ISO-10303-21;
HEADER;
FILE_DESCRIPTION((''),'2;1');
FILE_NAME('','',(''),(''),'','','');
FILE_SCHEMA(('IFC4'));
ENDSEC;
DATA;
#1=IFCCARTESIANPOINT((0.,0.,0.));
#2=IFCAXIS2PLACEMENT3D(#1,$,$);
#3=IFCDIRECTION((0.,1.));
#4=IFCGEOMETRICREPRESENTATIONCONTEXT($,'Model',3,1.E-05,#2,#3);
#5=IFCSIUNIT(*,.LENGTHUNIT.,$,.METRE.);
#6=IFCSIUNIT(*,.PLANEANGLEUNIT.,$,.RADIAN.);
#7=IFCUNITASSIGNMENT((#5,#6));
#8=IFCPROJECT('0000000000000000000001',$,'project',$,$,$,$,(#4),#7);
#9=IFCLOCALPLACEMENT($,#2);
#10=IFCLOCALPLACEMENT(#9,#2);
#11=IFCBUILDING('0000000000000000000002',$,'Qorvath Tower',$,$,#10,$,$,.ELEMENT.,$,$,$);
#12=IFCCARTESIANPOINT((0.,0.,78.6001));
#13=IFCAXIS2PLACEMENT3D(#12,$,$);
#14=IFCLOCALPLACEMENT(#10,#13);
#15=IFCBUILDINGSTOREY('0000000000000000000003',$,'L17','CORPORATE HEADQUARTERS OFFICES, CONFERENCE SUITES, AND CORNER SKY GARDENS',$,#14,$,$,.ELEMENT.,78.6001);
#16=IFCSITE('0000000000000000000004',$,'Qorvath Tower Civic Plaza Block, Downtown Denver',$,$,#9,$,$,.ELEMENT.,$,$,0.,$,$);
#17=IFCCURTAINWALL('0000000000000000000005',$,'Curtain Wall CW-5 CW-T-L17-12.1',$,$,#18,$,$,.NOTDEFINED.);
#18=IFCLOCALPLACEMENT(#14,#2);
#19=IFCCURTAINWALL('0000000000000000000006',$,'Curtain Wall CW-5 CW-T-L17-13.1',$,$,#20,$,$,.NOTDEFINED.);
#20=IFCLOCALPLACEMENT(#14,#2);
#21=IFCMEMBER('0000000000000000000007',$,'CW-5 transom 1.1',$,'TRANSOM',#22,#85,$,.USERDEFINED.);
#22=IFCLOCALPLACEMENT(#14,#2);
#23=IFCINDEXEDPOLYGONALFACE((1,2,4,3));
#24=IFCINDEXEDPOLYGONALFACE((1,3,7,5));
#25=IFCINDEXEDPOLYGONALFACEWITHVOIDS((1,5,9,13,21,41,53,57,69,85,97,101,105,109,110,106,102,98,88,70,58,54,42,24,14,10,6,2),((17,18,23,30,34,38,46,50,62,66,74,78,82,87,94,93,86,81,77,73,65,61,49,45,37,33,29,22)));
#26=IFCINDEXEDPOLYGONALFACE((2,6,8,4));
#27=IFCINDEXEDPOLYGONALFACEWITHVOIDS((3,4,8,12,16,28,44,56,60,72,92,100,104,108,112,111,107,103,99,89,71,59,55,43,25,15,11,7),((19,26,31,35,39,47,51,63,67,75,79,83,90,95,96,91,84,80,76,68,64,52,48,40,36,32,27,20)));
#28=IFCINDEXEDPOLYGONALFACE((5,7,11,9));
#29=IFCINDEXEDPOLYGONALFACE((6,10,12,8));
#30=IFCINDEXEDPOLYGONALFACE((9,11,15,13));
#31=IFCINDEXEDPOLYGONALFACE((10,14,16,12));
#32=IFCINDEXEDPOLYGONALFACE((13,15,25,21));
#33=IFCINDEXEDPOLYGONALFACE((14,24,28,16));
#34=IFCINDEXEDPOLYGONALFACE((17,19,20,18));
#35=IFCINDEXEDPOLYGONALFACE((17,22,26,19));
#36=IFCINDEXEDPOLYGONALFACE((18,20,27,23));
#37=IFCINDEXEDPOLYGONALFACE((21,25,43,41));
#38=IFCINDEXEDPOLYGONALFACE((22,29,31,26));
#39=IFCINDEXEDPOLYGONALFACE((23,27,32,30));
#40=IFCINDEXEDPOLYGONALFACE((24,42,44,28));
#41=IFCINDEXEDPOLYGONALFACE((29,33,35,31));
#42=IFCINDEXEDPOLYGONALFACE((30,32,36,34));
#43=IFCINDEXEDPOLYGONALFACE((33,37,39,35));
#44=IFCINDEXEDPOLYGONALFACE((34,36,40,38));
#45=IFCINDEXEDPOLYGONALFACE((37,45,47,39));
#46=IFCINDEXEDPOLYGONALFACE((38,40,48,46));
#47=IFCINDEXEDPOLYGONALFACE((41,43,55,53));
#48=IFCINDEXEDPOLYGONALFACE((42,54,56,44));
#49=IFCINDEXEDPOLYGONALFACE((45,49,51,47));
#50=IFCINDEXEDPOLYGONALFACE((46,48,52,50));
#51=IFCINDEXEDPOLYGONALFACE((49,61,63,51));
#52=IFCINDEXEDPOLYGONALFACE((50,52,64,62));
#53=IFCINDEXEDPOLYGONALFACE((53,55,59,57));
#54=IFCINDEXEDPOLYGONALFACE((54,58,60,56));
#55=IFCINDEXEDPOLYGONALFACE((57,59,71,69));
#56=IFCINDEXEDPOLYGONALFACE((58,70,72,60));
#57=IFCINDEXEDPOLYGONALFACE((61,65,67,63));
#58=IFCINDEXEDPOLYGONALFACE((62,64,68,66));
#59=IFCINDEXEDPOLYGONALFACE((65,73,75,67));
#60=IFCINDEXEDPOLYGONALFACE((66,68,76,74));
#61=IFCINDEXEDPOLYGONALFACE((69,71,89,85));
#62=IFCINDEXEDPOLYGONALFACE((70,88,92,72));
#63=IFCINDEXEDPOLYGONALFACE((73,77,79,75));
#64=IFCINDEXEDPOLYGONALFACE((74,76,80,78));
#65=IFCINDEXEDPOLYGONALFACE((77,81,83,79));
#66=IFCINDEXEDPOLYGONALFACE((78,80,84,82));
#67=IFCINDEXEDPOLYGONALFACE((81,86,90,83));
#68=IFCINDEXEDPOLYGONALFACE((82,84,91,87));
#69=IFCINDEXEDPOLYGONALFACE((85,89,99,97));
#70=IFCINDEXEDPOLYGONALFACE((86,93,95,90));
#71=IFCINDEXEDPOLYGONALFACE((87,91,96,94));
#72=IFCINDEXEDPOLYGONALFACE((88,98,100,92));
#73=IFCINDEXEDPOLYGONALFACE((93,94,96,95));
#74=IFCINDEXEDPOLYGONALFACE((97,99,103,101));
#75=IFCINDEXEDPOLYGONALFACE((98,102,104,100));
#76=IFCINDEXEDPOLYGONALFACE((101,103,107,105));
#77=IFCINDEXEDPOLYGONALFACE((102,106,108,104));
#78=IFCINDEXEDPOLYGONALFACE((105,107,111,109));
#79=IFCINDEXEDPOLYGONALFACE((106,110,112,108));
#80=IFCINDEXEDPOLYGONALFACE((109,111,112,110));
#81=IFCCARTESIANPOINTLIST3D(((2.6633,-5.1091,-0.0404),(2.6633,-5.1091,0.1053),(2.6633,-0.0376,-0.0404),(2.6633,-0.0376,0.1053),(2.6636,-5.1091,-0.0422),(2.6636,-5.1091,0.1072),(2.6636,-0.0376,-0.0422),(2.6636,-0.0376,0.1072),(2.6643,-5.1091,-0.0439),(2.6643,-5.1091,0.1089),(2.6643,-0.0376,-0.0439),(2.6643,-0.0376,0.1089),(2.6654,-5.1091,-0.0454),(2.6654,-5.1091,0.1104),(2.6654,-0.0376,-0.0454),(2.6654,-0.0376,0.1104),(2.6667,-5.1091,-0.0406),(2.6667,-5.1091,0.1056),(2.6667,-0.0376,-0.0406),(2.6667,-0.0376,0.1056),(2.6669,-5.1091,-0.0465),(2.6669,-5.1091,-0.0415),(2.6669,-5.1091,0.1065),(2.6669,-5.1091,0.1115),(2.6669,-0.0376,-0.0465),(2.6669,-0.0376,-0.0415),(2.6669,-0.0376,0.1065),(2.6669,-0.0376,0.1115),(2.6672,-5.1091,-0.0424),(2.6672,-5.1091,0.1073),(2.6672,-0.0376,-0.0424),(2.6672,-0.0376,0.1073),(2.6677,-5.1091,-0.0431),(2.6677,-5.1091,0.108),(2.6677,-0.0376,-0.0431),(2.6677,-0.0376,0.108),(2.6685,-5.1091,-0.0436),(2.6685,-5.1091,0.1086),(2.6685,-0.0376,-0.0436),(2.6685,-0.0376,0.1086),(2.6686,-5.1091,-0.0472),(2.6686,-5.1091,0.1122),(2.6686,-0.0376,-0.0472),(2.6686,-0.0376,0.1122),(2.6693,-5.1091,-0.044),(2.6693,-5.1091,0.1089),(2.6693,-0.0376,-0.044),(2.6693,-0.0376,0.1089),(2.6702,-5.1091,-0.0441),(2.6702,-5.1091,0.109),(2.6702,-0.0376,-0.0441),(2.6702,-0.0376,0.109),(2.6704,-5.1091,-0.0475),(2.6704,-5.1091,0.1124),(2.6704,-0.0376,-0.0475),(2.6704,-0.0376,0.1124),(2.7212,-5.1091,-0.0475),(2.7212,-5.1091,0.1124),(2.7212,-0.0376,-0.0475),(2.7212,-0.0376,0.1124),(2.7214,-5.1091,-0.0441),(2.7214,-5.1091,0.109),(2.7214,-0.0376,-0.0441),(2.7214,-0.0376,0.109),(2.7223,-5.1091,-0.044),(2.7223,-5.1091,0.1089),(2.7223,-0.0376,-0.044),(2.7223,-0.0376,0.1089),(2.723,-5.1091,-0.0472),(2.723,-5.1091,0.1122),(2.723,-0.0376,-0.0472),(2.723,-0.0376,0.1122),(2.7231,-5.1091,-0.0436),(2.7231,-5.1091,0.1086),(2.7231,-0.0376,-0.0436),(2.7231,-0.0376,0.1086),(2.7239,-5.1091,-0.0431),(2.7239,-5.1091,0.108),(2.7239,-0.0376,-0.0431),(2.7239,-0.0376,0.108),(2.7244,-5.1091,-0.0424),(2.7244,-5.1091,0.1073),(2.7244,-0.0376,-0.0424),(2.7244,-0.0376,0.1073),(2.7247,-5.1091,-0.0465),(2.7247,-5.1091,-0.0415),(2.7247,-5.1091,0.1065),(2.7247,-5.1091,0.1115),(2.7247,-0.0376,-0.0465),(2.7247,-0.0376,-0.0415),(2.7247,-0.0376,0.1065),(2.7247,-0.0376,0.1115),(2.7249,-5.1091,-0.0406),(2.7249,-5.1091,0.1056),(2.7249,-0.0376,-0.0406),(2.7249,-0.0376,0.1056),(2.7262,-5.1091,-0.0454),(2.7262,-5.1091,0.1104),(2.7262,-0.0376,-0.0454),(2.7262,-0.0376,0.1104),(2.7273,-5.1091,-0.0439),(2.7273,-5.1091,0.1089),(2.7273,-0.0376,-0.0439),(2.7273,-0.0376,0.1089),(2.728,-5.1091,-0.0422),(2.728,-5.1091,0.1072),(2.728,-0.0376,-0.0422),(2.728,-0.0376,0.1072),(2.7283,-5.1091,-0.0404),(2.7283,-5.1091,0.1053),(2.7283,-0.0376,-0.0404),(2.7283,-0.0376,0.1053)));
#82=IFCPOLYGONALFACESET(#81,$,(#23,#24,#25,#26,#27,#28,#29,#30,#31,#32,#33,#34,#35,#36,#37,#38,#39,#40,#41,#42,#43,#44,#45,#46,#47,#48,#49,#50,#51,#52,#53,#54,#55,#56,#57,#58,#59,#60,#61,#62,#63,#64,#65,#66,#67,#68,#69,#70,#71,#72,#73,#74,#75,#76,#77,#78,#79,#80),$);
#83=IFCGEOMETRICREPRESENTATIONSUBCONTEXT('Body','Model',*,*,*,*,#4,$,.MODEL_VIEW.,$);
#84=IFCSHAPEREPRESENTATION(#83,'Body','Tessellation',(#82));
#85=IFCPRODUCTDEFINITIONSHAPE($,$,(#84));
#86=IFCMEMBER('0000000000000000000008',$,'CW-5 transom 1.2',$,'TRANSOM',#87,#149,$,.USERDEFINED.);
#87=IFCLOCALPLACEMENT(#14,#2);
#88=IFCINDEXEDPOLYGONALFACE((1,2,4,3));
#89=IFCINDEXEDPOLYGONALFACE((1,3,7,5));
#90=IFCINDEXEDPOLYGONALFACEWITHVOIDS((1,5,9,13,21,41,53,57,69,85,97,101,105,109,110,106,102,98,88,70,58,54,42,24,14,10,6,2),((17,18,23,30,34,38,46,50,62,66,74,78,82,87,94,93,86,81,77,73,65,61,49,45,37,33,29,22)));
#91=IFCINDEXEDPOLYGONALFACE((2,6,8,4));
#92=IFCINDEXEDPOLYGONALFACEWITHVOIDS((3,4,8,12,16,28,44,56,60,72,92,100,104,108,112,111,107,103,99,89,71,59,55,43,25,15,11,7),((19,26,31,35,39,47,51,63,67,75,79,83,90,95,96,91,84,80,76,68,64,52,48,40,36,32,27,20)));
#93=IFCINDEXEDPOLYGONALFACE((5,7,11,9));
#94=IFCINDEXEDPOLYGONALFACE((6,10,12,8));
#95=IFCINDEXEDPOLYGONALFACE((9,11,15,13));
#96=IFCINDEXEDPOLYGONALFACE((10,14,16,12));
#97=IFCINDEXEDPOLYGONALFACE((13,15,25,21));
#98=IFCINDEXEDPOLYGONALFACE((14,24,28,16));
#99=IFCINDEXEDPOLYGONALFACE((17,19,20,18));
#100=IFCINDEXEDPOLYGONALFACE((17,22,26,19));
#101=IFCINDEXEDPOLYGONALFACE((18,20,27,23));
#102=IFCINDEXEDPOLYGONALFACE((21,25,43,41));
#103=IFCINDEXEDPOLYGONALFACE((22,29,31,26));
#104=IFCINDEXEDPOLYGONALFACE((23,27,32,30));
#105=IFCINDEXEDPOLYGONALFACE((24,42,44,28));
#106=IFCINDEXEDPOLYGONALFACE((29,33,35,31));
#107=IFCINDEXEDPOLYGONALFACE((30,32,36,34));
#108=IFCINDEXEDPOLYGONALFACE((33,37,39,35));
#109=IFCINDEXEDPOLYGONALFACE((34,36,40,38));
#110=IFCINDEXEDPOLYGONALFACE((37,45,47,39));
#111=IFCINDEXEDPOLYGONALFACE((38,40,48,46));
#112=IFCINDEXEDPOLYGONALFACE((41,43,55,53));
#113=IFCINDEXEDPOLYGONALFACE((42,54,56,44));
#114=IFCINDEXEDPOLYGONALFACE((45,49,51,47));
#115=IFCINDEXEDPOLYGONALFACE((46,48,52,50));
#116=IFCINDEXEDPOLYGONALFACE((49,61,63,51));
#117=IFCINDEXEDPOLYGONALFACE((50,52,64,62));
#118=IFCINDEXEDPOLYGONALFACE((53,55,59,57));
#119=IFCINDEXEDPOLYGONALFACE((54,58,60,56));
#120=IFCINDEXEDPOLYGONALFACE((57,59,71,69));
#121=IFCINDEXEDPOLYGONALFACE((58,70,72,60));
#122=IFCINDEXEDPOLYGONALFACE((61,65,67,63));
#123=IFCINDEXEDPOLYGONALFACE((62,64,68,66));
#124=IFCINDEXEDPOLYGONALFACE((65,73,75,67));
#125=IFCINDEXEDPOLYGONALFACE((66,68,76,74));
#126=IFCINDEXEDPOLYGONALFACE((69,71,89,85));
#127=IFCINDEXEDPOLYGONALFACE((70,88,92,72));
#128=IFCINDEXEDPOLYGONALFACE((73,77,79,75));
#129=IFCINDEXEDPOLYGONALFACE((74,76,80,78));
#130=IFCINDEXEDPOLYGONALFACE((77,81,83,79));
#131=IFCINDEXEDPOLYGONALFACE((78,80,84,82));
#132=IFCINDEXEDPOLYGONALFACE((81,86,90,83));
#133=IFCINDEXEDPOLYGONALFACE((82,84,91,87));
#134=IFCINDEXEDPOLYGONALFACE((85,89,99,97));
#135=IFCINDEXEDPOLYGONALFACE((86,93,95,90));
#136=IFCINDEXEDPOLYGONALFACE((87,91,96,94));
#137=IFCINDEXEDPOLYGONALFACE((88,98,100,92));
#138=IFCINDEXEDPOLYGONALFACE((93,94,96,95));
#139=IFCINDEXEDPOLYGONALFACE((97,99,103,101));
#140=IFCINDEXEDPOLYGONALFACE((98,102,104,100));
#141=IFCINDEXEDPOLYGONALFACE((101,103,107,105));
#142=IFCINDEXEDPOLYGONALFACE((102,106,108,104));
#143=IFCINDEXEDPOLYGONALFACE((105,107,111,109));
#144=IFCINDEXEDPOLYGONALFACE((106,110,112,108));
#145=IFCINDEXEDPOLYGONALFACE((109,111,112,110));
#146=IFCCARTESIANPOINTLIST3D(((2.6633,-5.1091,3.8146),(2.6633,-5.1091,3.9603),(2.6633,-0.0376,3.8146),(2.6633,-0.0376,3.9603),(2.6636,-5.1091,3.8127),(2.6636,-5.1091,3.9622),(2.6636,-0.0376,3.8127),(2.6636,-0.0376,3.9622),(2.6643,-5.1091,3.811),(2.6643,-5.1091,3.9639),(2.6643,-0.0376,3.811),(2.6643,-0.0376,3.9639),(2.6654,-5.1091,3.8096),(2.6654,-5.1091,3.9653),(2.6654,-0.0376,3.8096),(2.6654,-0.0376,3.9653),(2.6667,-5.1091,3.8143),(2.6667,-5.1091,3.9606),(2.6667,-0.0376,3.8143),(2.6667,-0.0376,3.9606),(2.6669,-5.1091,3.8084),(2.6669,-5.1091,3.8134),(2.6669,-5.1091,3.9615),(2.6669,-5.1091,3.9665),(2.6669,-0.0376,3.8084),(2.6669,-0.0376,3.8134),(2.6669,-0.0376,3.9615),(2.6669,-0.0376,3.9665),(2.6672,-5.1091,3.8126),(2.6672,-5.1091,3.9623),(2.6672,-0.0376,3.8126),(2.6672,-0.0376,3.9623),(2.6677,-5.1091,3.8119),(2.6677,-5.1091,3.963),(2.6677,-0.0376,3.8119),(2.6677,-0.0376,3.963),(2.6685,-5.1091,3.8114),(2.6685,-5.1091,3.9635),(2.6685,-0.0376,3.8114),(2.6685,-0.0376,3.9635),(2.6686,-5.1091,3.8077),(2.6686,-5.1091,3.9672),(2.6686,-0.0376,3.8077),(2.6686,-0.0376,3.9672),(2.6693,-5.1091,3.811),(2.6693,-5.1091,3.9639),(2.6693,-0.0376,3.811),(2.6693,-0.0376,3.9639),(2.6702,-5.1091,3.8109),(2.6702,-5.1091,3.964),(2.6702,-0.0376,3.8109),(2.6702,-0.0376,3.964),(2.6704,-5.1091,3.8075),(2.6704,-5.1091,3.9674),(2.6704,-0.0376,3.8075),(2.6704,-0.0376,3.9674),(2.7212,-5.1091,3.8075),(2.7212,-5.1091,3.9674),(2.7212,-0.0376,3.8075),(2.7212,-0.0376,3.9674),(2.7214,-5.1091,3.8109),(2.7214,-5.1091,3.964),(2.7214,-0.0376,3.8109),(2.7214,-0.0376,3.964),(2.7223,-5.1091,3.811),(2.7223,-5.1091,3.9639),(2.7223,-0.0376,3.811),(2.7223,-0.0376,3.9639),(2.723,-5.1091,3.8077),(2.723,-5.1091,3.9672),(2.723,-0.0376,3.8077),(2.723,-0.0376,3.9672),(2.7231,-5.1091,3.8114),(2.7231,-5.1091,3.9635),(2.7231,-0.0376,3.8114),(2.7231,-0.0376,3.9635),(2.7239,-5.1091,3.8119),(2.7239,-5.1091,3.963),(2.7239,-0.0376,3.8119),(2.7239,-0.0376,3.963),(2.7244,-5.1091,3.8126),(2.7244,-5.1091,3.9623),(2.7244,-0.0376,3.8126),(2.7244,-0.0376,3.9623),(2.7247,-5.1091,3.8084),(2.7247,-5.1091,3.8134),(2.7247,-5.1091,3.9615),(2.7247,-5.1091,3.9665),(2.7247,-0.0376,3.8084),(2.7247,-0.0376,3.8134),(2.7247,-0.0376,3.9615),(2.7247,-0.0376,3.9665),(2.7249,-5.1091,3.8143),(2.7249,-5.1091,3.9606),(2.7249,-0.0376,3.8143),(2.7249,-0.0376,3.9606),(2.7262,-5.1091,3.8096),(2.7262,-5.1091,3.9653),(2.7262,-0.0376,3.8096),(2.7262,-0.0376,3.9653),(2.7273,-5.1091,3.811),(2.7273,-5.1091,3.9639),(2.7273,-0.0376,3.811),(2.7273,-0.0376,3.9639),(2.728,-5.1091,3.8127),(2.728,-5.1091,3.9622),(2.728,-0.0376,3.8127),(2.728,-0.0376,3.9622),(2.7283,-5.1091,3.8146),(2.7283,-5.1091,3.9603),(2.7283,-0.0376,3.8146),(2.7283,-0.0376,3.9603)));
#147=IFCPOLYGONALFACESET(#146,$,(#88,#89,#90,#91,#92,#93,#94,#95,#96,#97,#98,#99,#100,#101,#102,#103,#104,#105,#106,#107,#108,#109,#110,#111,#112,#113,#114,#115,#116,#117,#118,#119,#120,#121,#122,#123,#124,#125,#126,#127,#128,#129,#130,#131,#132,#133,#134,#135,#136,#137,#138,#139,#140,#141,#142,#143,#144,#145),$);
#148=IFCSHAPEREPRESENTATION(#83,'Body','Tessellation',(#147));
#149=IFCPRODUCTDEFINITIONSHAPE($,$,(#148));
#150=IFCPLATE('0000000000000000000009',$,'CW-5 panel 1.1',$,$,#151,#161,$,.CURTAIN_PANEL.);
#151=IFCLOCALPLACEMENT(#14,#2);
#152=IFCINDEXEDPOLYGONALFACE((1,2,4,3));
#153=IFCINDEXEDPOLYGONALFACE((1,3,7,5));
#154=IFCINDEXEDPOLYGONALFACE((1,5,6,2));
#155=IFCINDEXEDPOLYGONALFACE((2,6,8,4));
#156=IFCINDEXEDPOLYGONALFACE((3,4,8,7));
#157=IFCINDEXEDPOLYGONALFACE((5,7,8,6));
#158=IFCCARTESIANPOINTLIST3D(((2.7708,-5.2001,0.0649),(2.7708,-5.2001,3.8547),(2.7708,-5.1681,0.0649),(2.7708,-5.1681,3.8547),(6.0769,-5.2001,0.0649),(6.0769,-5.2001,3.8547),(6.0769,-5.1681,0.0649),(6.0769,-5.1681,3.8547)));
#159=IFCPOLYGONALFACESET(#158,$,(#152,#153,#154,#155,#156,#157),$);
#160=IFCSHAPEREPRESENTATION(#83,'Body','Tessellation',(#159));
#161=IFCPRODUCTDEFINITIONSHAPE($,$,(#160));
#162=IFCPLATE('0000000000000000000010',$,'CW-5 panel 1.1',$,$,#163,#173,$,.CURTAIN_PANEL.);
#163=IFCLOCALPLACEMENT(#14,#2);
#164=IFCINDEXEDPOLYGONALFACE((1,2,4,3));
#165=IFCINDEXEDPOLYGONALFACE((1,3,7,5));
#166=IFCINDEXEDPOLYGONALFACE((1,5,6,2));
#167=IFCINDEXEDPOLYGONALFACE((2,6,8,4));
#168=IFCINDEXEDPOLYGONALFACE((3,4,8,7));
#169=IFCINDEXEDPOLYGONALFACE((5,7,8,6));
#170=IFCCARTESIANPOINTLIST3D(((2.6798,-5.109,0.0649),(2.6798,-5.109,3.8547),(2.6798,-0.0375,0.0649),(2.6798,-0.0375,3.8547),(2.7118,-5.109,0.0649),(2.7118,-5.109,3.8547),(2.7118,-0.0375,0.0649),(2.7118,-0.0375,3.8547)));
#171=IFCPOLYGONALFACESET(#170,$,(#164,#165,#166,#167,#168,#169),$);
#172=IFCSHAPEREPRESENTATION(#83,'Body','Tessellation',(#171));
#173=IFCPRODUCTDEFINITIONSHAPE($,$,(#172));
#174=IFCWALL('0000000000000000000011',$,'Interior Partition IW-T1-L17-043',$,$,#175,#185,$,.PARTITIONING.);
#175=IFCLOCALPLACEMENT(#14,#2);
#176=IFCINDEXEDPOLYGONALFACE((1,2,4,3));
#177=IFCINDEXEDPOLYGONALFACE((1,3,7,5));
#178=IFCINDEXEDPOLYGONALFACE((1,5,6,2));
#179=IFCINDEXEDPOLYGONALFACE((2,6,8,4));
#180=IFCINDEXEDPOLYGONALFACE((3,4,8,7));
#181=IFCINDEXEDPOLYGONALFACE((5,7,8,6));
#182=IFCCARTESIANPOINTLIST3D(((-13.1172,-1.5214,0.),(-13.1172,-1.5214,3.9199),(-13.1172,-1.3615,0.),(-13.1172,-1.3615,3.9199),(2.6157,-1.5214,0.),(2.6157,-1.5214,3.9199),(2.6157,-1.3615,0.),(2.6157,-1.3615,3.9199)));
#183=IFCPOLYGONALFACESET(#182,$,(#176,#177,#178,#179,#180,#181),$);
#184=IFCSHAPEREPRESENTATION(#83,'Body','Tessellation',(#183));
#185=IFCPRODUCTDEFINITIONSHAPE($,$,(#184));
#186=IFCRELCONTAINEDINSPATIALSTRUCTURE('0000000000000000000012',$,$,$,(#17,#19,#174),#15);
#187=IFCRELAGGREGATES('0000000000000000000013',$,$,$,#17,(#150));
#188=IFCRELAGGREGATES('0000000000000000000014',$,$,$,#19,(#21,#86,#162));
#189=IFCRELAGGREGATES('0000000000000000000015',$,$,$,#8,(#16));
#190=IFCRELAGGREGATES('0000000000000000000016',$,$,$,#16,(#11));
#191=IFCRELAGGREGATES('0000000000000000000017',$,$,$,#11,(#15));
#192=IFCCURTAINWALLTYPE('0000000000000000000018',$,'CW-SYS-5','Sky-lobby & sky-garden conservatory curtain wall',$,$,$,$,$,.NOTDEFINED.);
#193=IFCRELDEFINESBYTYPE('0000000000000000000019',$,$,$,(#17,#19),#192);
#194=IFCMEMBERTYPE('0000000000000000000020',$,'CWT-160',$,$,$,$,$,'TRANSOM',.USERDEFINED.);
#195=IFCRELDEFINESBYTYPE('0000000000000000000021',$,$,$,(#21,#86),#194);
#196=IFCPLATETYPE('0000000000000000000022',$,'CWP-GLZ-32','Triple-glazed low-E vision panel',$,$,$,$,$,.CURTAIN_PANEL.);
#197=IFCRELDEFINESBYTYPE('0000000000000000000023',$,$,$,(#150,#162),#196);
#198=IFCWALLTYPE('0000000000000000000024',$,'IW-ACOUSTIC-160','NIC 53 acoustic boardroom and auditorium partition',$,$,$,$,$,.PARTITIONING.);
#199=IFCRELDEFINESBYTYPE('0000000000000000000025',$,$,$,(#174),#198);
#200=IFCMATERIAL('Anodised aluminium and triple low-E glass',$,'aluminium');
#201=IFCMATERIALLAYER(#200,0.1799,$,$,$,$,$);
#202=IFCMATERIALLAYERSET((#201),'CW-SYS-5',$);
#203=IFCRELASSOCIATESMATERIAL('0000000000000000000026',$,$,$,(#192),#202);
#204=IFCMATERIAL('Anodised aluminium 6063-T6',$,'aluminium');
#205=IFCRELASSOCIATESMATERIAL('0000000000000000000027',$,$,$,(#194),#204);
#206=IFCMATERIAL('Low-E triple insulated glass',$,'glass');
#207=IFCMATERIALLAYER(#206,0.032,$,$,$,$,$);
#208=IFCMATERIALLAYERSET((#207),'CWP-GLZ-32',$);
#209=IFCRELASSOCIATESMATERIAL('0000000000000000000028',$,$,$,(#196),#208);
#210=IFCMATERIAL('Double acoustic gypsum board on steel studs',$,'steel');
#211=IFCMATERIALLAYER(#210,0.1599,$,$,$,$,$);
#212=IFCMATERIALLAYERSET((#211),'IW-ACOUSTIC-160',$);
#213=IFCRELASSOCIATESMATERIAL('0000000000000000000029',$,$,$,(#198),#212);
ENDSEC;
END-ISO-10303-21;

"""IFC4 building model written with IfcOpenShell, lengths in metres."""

from ifc_helpers import new_model, si_unit, direction, frame, frame_2d, origin, origin_2d, place, context, subcontext, project, spatial, rectangle, hollow_rectangle, extrude, material, layer, layer_set, material_profile, profile_set, type_object, element, aggregate, save


model = new_model("IFC4")

# Units and contexts
model_context = context("Model", 3, precision=1e-05, world=origin(), true_north=direction((0.0, 1.0)))
body_context = subcontext(model_context, "Body", "Model", "MODEL_VIEW")
ifc_project = project(units=[si_unit("LENGTHUNIT", "METRE"), si_unit("PLANEANGLEUNIT", "RADIAN")], contexts=[model_context])

# Site, building, storey
site_placement = place(None, origin())
site = spatial("IfcSite", under=ifc_project, at=site_placement, Name="Qorvath Tower Civic Plaza Block, Downtown Denver", CompositionType="ELEMENT", RefElevation=0.0)
building_placement = place(site_placement, origin())
building = spatial("IfcBuilding", under=site, at=building_placement, Name="Qorvath Tower", CompositionType="ELEMENT")
storey_placement = place(building_placement, frame((0.0, 0.0, 78.6001)))
storey = spatial("IfcBuildingStorey", under=building, at=storey_placement, Name="L17", Description="CORPORATE HEADQUARTERS OFFICES, CONFERENCE SUITES, AND CORNER SKY GARDENS", CompositionType="ELEMENT", Elevation=78.6001)

# Shared definitions
ifc_material_1 = material(Name="Anodised aluminium and triple low-E glass", Category="aluminium")
ifc_layer_1 = layer(ifc_material_1, 0.1799)
ifc_layer_set_1 = layer_set([ifc_layer_1], Name="CW-SYS-5")
curtain_wall_type = type_object("IfcCurtainWallType", Name="CW-SYS-5", Description="Sky-lobby & sky-garden conservatory curtain wall", PredefinedType="NOTDEFINED", material=ifc_layer_set_1)

# Curtain wall
curtain_wall_1_placement = place(storey_placement, origin())
curtain_wall_1 = element("IfcCurtainWall", 1, at=curtain_wall_1_placement, inside=storey, type_object=curtain_wall_type, Name="Curtain Wall CW-5 CW-T-L17-12.1", PredefinedType="NOTDEFINED")

# Curtain wall
curtain_wall_2_placement = place(storey_placement, origin())
curtain_wall_2 = element("IfcCurtainWall", 2, at=curtain_wall_2_placement, inside=storey, type_object=curtain_wall_type, Name="Curtain Wall CW-5 CW-T-L17-13.1", PredefinedType="NOTDEFINED")

# Members
ifc_material_2 = material(Name="Anodised aluminium 6063-T6", Category="aluminium")
ifc_material_profile_1 = material_profile(ifc_material_2, hollow_rectangle(XDim=0.0649, YDim=0.1599, WallThickness=0.0034, InnerFilletRadius=0.0034, OuterFilletRadius=0.0071, at=origin_2d()), Name="CWT 160x65")
ifc_profile_set_1 = profile_set([ifc_material_profile_1], Name="Anodised aluminium 6063-T6")
member_type_1 = type_object("IfcMemberType", Name="CWT-160", ElementType="TRANSOM", PredefinedType="USERDEFINED", material=ifc_profile_set_1)
member_1_placement = place(storey_placement, frame((2.6958, -5.1091, 0.0325), z_axis=(0.0, 1.0, 0.0), x_axis=(-1.0, 0.0, 0.0)))
member_1 = element("IfcMember", 3, at=member_1_placement, type_object=member_type_1, Name="CW-5 transom 1.1", ObjectType="TRANSOM", PredefinedType="USERDEFINED", context=body_context, shape_type="SweptSolid", body=[
    extrude(hollow_rectangle(XDim=0.0649, YDim=0.1599, WallThickness=0.0034, InnerFilletRadius=0.0034, OuterFilletRadius=0.0071, at=origin_2d()), origin(), (0.0, 0.0, 1.0), 5.0715),
])
member_2_placement = place(storey_placement, frame((2.6958, -5.1091, 3.8875), z_axis=(0.0, 1.0, 0.0), x_axis=(-1.0, 0.0, 0.0)))
member_2 = element("IfcMember", 4, at=member_2_placement, type_object=member_type_1, Name="CW-5 transom 1.2", ObjectType="TRANSOM", PredefinedType="USERDEFINED", context=body_context, shape_type="SweptSolid", body=[
    extrude(hollow_rectangle(XDim=0.0649, YDim=0.1599, WallThickness=0.0034, InnerFilletRadius=0.0034, OuterFilletRadius=0.0071, at=origin_2d()), origin(), (0.0, 0.0, 1.0), 5.0715),
])

# Plates
ifc_material_3 = material(Name="Low-E triple insulated glass", Category="glass")
ifc_layer_2 = layer(ifc_material_3, 0.032)
ifc_layer_set_2 = layer_set([ifc_layer_2], Name="CWP-GLZ-32")
plate_type = type_object("IfcPlateType", Name="CWP-GLZ-32", Description="Triple-glazed low-E vision panel", PredefinedType="CURTAIN_PANEL", material=ifc_layer_set_2)
plate_1_placement = place(storey_placement, frame((4.4238, -5.1841, 0.0649), z_axis=(0.0, 0.0, 1.0), x_axis=(-1.0, 0.0, 0.0)))
plate_1 = element("IfcPlate", 5, at=plate_1_placement, type_object=plate_type, Name="CW-5 panel 1.1", PredefinedType="CURTAIN_PANEL", context=body_context, shape_type="SweptSolid", body=[
    extrude(rectangle(XDim=3.3062, YDim=0.032, at=origin_2d()), origin(), (0.0, 0.0, 1.0), 3.7898),
])
aggregate(curtain_wall_1, [plate_1])
plate_2_placement = place(storey_placement, frame((2.6958, -2.5732, 0.0649), z_axis=(0.0, 0.0, 1.0), x_axis=(0.0, 1.0, 0.0)))
plate_2 = element("IfcPlate", 6, at=plate_2_placement, type_object=plate_type, Name="CW-5 panel 1.1", PredefinedType="CURTAIN_PANEL", context=body_context, shape_type="SweptSolid", body=[
    extrude(rectangle(XDim=5.0715, YDim=0.032, at=origin_2d()), origin(), (0.0, 0.0, 1.0), 3.7898),
])
aggregate(curtain_wall_2, [member_1, member_2, plate_2])

# Wall
ifc_material_4 = material(Name="Double acoustic gypsum board on steel studs", Category="steel")
ifc_layer_3 = layer(ifc_material_4, 0.1599)
ifc_layer_set_3 = layer_set([ifc_layer_3], Name="IW-ACOUSTIC-160")
wall_type = type_object("IfcWallType", Name="IW-ACOUSTIC-160", Description="NIC 53 acoustic boardroom and auditorium partition", PredefinedType="PARTITIONING", material=ifc_layer_set_3)
wall_placement = place(storey_placement, frame((2.6157, -1.4414, 0.0), z_axis=(0.0, 0.0, 1.0), x_axis=(-1.0, 0.0, 0.0)))
element("IfcWall", 7, at=wall_placement, inside=storey, type_object=wall_type, Name="Interior Partition IW-T1-L17-043", PredefinedType="PARTITIONING", context=body_context, shape_type="SweptSolid", body=[
    extrude(rectangle(XDim=15.7329, YDim=0.1599, at=frame_2d((7.8665, 0.0))), origin(), (0.0, 0.0, 1.0), 3.9199),
])

save(model, "model.ifc")
